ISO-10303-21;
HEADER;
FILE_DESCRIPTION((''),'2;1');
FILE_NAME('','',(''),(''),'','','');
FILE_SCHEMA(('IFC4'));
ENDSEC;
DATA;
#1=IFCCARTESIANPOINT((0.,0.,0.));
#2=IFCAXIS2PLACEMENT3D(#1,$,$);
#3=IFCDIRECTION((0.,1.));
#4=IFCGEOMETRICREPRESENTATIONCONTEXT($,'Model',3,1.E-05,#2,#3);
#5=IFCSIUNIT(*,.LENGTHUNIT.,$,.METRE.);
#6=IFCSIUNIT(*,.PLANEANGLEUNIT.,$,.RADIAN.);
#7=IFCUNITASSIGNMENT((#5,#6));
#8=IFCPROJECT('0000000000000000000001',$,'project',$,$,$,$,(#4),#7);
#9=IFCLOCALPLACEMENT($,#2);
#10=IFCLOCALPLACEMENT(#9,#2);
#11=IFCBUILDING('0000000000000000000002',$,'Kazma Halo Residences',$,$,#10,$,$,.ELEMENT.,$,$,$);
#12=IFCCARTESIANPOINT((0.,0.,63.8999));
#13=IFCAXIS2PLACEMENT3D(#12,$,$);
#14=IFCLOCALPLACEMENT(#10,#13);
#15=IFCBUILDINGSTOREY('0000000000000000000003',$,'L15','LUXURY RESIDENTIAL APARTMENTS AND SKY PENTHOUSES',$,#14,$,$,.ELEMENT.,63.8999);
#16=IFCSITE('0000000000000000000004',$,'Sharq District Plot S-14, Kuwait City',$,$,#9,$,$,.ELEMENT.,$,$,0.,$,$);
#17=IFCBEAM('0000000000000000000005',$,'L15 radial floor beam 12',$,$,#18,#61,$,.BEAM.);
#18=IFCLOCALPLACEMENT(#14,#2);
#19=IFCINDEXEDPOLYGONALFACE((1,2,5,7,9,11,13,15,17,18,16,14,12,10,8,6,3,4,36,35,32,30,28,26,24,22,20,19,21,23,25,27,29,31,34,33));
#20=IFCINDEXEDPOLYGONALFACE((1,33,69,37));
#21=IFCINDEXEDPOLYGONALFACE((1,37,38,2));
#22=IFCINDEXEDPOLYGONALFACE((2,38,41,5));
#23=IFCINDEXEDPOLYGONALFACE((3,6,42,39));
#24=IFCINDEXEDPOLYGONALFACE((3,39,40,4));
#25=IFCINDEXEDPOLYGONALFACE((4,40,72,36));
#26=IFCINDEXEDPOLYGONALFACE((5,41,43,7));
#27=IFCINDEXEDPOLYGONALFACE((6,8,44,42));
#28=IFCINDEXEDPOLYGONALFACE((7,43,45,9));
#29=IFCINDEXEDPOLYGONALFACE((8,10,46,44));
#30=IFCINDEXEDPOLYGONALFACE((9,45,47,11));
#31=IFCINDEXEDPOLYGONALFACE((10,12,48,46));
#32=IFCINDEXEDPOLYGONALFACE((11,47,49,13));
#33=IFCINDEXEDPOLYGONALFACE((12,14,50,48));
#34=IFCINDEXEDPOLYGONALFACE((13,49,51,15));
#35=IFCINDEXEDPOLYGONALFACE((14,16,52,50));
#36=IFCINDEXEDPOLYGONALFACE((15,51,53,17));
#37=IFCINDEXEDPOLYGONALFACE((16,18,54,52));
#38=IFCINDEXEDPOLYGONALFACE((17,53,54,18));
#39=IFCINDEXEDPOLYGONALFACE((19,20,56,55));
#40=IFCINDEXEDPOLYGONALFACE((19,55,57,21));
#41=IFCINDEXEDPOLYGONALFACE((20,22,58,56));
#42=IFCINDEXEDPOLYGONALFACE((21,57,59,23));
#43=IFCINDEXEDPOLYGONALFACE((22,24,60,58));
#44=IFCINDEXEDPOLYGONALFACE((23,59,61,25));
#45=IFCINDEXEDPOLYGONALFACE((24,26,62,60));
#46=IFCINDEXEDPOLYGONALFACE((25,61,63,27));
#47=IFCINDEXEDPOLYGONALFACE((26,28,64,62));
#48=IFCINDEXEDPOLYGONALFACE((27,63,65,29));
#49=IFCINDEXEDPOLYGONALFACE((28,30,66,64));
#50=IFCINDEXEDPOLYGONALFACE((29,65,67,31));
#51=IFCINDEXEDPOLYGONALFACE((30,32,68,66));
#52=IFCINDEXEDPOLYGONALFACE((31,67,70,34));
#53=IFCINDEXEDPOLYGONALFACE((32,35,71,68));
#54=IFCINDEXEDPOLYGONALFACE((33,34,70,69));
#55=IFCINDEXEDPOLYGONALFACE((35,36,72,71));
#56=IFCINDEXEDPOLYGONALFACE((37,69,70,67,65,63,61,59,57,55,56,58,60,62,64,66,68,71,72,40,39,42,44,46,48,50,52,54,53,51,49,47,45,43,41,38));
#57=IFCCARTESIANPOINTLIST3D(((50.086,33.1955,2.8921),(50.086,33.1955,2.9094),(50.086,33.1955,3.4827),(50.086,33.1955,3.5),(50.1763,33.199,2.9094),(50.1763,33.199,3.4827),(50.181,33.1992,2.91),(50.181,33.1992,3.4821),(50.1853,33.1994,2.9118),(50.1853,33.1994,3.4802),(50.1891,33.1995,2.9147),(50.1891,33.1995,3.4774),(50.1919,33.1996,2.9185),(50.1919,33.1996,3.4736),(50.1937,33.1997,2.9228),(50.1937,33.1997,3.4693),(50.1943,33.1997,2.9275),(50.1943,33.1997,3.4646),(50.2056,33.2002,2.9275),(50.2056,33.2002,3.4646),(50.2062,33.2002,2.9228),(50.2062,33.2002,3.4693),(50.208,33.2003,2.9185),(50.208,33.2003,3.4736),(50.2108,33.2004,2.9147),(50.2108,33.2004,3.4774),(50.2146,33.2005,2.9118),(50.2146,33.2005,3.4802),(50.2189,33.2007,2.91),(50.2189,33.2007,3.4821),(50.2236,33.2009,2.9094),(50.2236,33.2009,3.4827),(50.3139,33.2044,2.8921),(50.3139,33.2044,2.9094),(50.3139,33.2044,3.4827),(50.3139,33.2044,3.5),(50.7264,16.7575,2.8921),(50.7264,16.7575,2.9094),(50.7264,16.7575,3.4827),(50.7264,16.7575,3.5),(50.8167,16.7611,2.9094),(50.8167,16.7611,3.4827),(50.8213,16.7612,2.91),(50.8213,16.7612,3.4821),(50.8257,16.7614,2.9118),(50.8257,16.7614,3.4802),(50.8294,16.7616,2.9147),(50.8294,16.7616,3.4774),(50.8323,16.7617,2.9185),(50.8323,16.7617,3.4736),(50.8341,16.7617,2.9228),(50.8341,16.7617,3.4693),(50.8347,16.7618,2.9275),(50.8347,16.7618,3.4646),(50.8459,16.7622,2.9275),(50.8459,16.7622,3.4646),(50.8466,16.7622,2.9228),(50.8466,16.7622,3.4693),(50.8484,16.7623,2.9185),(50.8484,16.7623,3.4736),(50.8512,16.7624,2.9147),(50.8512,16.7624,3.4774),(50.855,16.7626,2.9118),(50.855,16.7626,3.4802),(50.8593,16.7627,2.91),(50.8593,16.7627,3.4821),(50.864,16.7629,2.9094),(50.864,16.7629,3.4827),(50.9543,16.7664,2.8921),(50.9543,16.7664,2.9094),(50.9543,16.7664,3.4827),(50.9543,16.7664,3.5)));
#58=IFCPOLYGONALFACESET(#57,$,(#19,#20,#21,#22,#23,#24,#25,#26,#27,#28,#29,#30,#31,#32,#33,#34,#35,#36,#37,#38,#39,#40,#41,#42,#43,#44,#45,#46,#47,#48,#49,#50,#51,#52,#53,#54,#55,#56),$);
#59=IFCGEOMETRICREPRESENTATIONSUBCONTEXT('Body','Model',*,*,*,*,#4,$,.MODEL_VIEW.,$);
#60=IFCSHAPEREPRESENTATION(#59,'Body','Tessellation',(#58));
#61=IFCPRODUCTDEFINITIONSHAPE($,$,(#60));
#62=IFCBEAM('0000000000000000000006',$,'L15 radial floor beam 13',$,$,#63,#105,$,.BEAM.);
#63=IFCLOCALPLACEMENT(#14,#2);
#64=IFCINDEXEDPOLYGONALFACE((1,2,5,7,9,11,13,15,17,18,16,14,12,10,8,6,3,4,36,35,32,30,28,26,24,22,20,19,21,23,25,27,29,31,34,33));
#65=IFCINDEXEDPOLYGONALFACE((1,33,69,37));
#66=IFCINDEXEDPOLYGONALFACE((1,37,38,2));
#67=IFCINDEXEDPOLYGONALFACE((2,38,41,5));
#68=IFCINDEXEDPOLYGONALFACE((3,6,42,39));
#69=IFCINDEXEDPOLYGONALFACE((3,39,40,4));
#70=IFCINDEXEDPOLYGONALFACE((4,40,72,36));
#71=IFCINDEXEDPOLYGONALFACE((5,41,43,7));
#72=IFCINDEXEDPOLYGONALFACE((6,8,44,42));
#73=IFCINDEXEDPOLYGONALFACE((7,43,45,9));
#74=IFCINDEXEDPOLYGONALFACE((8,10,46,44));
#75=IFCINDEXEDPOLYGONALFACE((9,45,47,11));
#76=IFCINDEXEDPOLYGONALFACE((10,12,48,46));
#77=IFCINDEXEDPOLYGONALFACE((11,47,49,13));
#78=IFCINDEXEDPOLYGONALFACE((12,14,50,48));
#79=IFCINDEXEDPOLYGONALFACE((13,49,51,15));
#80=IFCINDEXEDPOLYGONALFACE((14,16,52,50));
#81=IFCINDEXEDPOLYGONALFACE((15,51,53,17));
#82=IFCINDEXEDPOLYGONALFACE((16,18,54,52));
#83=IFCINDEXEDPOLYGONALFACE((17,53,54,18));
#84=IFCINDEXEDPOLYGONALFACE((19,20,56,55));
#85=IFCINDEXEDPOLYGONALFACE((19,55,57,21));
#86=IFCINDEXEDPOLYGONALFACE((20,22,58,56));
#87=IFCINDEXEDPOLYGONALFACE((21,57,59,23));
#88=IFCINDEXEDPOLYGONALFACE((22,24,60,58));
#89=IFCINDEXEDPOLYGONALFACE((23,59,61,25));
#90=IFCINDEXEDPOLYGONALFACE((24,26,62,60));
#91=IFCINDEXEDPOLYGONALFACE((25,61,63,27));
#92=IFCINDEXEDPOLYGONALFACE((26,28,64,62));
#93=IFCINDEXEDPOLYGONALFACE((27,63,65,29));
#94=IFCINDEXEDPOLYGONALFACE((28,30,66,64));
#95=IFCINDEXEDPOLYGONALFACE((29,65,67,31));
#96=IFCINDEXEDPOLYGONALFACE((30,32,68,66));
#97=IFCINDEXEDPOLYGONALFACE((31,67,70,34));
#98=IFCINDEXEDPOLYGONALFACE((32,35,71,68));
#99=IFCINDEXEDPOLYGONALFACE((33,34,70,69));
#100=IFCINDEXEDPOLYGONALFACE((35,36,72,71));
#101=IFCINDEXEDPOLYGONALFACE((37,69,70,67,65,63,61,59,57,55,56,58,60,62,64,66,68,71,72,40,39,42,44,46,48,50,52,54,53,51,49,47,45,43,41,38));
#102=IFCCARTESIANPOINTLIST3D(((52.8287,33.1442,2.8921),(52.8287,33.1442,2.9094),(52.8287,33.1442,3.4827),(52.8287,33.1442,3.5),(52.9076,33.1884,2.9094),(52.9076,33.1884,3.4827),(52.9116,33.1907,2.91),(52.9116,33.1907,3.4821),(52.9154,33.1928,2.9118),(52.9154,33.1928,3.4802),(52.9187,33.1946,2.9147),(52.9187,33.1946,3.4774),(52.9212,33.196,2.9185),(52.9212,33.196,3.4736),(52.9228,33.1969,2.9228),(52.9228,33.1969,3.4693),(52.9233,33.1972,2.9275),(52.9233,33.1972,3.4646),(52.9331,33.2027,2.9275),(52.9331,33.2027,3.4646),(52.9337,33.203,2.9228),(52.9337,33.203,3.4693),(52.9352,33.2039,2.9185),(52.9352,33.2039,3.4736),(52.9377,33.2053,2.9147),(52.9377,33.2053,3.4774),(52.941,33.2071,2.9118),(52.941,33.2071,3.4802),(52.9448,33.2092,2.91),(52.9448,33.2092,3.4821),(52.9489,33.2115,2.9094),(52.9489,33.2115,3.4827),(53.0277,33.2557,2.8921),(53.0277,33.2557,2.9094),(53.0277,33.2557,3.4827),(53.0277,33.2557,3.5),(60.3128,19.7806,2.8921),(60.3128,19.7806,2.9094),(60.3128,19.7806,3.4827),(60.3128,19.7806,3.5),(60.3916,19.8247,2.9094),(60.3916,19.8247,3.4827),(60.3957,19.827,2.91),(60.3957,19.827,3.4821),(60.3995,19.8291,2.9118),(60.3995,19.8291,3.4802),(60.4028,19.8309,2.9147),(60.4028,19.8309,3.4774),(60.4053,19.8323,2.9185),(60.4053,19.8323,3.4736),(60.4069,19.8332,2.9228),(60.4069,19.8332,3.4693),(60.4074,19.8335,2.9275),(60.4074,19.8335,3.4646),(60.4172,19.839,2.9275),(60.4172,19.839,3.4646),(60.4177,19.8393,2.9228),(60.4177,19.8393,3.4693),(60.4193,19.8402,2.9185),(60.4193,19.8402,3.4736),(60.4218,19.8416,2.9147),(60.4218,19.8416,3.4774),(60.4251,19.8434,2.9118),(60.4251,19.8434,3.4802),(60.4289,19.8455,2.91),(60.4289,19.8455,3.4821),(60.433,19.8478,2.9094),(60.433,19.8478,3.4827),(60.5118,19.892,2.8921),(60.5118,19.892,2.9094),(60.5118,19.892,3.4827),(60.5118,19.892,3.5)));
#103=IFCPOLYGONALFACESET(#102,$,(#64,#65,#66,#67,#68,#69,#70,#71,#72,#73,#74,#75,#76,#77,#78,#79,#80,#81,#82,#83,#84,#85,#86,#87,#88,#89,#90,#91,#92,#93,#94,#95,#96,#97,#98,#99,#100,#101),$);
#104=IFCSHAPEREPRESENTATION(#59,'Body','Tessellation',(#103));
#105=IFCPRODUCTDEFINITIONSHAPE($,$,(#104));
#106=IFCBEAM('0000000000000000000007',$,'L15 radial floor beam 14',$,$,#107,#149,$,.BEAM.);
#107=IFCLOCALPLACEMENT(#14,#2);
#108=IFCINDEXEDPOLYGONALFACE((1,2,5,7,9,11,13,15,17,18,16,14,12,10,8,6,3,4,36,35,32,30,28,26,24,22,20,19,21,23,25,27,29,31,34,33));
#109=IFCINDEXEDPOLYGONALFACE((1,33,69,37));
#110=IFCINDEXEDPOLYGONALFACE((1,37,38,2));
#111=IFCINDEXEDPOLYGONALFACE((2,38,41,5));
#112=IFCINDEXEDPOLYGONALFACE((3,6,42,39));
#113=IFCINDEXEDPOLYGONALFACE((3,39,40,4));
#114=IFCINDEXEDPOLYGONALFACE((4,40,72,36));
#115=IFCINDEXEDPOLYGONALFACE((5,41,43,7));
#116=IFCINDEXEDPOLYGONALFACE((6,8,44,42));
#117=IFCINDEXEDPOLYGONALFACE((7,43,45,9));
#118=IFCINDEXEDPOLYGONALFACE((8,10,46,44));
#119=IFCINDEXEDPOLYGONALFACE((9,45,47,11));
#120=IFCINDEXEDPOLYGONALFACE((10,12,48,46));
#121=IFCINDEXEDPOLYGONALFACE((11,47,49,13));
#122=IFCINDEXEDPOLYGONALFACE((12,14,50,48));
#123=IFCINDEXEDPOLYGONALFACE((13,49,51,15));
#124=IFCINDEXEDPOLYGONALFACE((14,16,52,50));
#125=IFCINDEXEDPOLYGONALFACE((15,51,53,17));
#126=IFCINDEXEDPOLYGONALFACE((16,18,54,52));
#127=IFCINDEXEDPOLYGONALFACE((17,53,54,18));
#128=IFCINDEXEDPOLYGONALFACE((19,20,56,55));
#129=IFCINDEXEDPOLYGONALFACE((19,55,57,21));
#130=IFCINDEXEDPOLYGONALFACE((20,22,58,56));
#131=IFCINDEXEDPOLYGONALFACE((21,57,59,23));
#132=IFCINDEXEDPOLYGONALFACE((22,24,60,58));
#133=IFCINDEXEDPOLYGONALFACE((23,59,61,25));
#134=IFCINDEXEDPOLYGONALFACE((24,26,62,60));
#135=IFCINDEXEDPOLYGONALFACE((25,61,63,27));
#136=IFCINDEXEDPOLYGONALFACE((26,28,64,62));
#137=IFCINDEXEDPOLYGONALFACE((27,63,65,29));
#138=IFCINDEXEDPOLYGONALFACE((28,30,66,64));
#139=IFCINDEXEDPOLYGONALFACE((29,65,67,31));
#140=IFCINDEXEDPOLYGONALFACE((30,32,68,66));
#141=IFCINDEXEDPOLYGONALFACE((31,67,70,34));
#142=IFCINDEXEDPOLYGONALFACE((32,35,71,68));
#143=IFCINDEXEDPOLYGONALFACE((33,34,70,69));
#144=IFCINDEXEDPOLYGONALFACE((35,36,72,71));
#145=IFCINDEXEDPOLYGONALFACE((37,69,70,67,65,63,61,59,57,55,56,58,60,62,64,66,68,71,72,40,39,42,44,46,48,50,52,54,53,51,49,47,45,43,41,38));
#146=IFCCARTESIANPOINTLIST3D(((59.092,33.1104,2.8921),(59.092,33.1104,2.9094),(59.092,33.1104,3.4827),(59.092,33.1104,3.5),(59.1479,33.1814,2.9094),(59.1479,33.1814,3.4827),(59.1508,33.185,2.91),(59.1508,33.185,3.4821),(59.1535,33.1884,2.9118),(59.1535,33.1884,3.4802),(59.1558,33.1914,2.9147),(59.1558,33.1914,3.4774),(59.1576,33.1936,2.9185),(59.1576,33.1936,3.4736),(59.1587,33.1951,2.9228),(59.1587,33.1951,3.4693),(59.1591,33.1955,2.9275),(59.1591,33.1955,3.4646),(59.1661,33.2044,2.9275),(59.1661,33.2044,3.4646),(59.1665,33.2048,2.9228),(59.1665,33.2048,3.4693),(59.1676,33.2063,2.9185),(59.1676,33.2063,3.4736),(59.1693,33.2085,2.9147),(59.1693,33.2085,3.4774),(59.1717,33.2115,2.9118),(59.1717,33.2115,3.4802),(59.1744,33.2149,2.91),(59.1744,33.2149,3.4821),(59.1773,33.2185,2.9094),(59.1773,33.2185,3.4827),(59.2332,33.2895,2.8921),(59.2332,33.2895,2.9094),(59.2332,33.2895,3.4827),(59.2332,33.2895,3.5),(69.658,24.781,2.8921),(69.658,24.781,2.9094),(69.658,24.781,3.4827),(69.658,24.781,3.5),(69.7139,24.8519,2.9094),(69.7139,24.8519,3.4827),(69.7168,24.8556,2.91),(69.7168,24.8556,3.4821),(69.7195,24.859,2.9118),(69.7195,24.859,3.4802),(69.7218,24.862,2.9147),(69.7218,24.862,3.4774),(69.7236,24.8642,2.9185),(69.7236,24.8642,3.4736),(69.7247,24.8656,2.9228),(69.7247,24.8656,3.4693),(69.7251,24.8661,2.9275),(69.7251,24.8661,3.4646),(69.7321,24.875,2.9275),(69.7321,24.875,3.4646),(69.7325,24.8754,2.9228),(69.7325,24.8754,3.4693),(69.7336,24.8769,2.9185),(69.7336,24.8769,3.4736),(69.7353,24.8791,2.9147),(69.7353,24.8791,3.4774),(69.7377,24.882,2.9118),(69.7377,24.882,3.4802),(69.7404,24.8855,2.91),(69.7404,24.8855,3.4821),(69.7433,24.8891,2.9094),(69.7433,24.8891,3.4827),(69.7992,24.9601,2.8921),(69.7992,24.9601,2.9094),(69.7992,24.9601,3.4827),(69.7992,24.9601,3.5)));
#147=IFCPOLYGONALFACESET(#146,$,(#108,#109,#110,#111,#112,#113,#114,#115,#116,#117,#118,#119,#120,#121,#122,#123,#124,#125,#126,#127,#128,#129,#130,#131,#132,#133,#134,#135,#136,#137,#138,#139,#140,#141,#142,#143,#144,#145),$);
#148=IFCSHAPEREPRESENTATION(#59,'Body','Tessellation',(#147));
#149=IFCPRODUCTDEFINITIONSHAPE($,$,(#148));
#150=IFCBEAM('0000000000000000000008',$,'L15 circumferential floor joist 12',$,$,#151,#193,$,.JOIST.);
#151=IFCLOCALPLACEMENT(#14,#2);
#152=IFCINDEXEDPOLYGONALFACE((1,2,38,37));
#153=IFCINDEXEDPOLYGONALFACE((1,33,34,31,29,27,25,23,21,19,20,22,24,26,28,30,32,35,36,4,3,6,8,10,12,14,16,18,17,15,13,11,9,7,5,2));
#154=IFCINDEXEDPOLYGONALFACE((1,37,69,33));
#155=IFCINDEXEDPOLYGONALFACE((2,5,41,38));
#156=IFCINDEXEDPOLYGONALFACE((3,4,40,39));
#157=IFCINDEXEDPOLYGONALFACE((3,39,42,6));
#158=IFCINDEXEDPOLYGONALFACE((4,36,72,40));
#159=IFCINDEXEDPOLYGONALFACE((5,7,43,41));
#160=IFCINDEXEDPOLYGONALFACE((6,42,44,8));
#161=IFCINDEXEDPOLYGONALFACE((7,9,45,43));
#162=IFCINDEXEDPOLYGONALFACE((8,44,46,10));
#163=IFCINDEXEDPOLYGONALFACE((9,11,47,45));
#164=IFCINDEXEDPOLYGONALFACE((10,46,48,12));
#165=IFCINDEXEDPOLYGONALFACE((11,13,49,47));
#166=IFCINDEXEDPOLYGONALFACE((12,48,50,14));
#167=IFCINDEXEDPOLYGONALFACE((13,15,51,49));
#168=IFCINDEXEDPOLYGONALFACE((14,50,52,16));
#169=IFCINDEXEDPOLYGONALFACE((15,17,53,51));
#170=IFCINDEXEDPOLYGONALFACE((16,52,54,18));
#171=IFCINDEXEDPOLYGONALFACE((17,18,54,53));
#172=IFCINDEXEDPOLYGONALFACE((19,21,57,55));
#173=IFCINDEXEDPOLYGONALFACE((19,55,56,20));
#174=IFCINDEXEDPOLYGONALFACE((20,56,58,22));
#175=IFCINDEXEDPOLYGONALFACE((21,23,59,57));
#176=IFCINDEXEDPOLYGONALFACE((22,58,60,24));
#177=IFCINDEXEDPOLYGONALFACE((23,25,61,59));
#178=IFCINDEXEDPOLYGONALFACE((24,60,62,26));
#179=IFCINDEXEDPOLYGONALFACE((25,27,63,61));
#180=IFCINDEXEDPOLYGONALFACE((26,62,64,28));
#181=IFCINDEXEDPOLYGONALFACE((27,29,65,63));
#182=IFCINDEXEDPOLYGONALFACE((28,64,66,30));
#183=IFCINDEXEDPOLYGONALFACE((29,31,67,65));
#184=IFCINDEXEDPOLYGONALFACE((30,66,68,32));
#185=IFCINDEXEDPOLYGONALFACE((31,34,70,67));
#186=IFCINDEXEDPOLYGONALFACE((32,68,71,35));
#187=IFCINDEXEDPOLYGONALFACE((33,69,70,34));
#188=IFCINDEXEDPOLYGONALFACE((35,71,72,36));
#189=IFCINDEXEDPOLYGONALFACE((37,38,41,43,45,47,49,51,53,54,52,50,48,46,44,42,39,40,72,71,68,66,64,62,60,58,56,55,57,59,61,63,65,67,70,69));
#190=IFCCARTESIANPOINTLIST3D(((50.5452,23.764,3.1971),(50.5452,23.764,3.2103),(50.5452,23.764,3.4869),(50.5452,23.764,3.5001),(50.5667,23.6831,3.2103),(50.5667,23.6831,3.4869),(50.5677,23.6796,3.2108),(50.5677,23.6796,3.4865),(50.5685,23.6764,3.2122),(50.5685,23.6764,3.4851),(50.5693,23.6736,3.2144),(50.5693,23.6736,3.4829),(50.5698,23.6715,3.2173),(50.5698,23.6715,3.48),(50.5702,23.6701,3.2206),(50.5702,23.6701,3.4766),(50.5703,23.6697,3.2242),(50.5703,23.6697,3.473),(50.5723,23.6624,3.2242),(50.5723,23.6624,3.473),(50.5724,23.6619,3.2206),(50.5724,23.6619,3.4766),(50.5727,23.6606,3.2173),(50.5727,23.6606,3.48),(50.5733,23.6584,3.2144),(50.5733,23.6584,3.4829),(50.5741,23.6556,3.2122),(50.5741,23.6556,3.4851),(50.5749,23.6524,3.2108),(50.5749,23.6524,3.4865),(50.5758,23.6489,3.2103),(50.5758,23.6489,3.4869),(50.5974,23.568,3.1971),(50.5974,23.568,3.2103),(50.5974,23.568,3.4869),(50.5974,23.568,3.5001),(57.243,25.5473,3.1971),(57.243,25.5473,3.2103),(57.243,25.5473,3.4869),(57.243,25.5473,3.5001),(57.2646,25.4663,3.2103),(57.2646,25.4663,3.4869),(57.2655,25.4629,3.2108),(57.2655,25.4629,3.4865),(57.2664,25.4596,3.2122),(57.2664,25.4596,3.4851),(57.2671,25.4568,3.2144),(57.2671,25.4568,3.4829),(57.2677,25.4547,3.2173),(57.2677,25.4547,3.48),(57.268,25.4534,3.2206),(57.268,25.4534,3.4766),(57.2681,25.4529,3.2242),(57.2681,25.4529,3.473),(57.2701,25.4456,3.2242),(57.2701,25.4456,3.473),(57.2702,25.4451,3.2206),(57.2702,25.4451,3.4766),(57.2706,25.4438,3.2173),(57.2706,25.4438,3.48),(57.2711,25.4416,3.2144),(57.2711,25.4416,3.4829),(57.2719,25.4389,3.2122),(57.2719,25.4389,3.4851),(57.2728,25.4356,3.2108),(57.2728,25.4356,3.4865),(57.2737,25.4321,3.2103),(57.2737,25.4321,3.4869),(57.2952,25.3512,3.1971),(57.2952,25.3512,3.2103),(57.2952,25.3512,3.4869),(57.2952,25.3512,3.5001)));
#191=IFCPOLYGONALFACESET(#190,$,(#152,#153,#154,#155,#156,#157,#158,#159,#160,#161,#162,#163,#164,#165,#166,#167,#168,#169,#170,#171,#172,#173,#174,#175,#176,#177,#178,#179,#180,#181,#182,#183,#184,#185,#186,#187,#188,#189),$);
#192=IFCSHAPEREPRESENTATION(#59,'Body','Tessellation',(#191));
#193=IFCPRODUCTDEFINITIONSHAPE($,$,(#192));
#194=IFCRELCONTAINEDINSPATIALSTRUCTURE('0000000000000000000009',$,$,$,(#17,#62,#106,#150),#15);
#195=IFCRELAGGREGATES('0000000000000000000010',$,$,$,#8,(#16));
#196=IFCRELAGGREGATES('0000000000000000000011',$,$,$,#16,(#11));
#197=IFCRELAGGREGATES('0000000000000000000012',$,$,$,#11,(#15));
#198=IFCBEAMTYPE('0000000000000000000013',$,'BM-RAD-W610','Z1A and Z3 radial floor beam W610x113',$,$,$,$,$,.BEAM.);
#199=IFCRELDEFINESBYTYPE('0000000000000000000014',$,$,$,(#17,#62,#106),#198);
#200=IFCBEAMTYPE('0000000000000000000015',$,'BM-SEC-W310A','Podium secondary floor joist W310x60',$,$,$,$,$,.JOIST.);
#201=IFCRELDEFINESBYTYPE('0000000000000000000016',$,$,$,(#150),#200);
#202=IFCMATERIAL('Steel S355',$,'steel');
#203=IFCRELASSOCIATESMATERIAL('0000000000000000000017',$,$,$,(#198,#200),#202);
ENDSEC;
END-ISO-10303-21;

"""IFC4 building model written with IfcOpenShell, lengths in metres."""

from ifc_helpers import new_model, si_unit, direction, frame, origin, origin_2d, place, context, subcontext, project, spatial, i_section, extrude, material, material_profile, profile_set, type_object, element, save


model = new_model("IFC4")

# Units and contexts
model_context = context("Model", 3, precision=1e-05, world=origin(), true_north=direction((0.0, 1.0)))
body_context = subcontext(model_context, "Body", "Model", "MODEL_VIEW")
ifc_project = project(units=[si_unit("LENGTHUNIT", "METRE"), si_unit("PLANEANGLEUNIT", "RADIAN")], contexts=[model_context])

# Site, building, storey
site_placement = place(None, origin())
site = spatial("IfcSite", under=ifc_project, at=site_placement, Name="Sharq District Plot S-14, Kuwait City", CompositionType="ELEMENT", RefElevation=0.0)
building_placement = place(site_placement, origin())
building = spatial("IfcBuilding", under=site, at=building_placement, Name="Kazma Halo Residences", CompositionType="ELEMENT")
storey_placement = place(building_placement, frame((0.0, 0.0, 63.8999)))
storey = spatial("IfcBuildingStorey", under=building, at=storey_placement, Name="L15", Description="LUXURY RESIDENTIAL APARTMENTS AND SKY PENTHOUSES", CompositionType="ELEMENT", Elevation=63.8999)

# Beams
ifc_material_1 = material(Name="Steel S355", Category="steel")
ifc_material_profile_1 = material_profile(ifc_material_1, i_section(OverallWidth=0.228, OverallDepth=0.6079, WebThickness=0.0112, FlangeThickness=0.0173, FilletRadius=0.0181, at=origin_2d()), Name="W610x113")
ifc_profile_set_1 = profile_set([ifc_material_profile_1], Name="Steel S355")
beam_type_1 = type_object("IfcBeamType", Name="BM-RAD-W610", Description="Z1A and Z3 radial floor beam W610x113", PredefinedType="BEAM", material=ifc_profile_set_1)
beam_1_placement = place(storey_placement, frame((50.2, 33.2, 3.196), z_axis=(0.038928, -0.999242, 0.0), x_axis=(0.999242, 0.038928, 0.0)))
element("IfcBeam", 1, at=beam_1_placement, inside=storey, type_object=beam_type_1, Name="L15 radial floor beam 12", PredefinedType="BEAM", context=body_context, shape_type="SweptSolid", body=[
    extrude(i_section(OverallWidth=0.228, OverallDepth=0.6079, WebThickness=0.0112, FlangeThickness=0.0173, FilletRadius=0.0181, at=origin_2d()), origin(), (0.0, 0.0, 1.0), 16.4504),
])
beam_2_placement = place(storey_placement, frame((52.9282, 33.2, 3.196), z_axis=(0.488624, -0.872494, 0.0), x_axis=(0.872494, 0.488624, 0.0)))
element("IfcBeam", 2, at=beam_2_placement, inside=storey, type_object=beam_type_1, Name="L15 radial floor beam 13", PredefinedType="BEAM", context=body_context, shape_type="SweptSolid", body=[
    extrude(i_section(OverallWidth=0.228, OverallDepth=0.6079, WebThickness=0.0112, FlangeThickness=0.0173, FilletRadius=0.0181, at=origin_2d()), origin(), (0.0, 0.0, 1.0), 15.3167),
])
beam_3_placement = place(storey_placement, frame((59.1626, 33.2, 3.196), z_axis=(0.785322, -0.619087, 0.0), x_axis=(0.619087, 0.785322, 0.0)))
element("IfcBeam", 3, at=beam_3_placement, inside=storey, type_object=beam_type_1, Name="L15 radial floor beam 14", PredefinedType="BEAM", context=body_context, shape_type="SweptSolid", body=[
    extrude(i_section(OverallWidth=0.228, OverallDepth=0.6079, WebThickness=0.0112, FlangeThickness=0.0173, FilletRadius=0.0181, at=origin_2d()), origin(), (0.0, 0.0, 1.0), 13.4543),
])
ifc_material_profile_2 = material_profile(ifc_material_1, i_section(OverallWidth=0.2029, OverallDepth=0.303, WebThickness=0.0076, FlangeThickness=0.0132, FilletRadius=0.0139, at=origin_2d()), Name="W310x60")
ifc_profile_set_2 = profile_set([ifc_material_profile_2], Name="Steel S355")
beam_type_2 = type_object("IfcBeamType", Name="BM-SEC-W310A", Description="Podium secondary floor joist W310x60", PredefinedType="JOIST", material=ifc_profile_set_2)
beam_4_placement = place(storey_placement, frame((50.5713, 23.666, 3.3486), z_axis=(0.966338, 0.257277, 0.0), x_axis=(-0.257277, 0.966338, 0.0)))
element("IfcBeam", 4, at=beam_4_placement, inside=storey, type_object=beam_type_2, Name="L15 circumferential floor joist 12", PredefinedType="JOIST", context=body_context, shape_type="SweptSolid", body=[
    extrude(i_section(OverallWidth=0.2029, OverallDepth=0.303, WebThickness=0.0076, FlangeThickness=0.0132, FilletRadius=0.0139, at=origin_2d()), origin(), (0.0, 0.0, 1.0), 6.9312),
])

save(model, "model.ifc")
